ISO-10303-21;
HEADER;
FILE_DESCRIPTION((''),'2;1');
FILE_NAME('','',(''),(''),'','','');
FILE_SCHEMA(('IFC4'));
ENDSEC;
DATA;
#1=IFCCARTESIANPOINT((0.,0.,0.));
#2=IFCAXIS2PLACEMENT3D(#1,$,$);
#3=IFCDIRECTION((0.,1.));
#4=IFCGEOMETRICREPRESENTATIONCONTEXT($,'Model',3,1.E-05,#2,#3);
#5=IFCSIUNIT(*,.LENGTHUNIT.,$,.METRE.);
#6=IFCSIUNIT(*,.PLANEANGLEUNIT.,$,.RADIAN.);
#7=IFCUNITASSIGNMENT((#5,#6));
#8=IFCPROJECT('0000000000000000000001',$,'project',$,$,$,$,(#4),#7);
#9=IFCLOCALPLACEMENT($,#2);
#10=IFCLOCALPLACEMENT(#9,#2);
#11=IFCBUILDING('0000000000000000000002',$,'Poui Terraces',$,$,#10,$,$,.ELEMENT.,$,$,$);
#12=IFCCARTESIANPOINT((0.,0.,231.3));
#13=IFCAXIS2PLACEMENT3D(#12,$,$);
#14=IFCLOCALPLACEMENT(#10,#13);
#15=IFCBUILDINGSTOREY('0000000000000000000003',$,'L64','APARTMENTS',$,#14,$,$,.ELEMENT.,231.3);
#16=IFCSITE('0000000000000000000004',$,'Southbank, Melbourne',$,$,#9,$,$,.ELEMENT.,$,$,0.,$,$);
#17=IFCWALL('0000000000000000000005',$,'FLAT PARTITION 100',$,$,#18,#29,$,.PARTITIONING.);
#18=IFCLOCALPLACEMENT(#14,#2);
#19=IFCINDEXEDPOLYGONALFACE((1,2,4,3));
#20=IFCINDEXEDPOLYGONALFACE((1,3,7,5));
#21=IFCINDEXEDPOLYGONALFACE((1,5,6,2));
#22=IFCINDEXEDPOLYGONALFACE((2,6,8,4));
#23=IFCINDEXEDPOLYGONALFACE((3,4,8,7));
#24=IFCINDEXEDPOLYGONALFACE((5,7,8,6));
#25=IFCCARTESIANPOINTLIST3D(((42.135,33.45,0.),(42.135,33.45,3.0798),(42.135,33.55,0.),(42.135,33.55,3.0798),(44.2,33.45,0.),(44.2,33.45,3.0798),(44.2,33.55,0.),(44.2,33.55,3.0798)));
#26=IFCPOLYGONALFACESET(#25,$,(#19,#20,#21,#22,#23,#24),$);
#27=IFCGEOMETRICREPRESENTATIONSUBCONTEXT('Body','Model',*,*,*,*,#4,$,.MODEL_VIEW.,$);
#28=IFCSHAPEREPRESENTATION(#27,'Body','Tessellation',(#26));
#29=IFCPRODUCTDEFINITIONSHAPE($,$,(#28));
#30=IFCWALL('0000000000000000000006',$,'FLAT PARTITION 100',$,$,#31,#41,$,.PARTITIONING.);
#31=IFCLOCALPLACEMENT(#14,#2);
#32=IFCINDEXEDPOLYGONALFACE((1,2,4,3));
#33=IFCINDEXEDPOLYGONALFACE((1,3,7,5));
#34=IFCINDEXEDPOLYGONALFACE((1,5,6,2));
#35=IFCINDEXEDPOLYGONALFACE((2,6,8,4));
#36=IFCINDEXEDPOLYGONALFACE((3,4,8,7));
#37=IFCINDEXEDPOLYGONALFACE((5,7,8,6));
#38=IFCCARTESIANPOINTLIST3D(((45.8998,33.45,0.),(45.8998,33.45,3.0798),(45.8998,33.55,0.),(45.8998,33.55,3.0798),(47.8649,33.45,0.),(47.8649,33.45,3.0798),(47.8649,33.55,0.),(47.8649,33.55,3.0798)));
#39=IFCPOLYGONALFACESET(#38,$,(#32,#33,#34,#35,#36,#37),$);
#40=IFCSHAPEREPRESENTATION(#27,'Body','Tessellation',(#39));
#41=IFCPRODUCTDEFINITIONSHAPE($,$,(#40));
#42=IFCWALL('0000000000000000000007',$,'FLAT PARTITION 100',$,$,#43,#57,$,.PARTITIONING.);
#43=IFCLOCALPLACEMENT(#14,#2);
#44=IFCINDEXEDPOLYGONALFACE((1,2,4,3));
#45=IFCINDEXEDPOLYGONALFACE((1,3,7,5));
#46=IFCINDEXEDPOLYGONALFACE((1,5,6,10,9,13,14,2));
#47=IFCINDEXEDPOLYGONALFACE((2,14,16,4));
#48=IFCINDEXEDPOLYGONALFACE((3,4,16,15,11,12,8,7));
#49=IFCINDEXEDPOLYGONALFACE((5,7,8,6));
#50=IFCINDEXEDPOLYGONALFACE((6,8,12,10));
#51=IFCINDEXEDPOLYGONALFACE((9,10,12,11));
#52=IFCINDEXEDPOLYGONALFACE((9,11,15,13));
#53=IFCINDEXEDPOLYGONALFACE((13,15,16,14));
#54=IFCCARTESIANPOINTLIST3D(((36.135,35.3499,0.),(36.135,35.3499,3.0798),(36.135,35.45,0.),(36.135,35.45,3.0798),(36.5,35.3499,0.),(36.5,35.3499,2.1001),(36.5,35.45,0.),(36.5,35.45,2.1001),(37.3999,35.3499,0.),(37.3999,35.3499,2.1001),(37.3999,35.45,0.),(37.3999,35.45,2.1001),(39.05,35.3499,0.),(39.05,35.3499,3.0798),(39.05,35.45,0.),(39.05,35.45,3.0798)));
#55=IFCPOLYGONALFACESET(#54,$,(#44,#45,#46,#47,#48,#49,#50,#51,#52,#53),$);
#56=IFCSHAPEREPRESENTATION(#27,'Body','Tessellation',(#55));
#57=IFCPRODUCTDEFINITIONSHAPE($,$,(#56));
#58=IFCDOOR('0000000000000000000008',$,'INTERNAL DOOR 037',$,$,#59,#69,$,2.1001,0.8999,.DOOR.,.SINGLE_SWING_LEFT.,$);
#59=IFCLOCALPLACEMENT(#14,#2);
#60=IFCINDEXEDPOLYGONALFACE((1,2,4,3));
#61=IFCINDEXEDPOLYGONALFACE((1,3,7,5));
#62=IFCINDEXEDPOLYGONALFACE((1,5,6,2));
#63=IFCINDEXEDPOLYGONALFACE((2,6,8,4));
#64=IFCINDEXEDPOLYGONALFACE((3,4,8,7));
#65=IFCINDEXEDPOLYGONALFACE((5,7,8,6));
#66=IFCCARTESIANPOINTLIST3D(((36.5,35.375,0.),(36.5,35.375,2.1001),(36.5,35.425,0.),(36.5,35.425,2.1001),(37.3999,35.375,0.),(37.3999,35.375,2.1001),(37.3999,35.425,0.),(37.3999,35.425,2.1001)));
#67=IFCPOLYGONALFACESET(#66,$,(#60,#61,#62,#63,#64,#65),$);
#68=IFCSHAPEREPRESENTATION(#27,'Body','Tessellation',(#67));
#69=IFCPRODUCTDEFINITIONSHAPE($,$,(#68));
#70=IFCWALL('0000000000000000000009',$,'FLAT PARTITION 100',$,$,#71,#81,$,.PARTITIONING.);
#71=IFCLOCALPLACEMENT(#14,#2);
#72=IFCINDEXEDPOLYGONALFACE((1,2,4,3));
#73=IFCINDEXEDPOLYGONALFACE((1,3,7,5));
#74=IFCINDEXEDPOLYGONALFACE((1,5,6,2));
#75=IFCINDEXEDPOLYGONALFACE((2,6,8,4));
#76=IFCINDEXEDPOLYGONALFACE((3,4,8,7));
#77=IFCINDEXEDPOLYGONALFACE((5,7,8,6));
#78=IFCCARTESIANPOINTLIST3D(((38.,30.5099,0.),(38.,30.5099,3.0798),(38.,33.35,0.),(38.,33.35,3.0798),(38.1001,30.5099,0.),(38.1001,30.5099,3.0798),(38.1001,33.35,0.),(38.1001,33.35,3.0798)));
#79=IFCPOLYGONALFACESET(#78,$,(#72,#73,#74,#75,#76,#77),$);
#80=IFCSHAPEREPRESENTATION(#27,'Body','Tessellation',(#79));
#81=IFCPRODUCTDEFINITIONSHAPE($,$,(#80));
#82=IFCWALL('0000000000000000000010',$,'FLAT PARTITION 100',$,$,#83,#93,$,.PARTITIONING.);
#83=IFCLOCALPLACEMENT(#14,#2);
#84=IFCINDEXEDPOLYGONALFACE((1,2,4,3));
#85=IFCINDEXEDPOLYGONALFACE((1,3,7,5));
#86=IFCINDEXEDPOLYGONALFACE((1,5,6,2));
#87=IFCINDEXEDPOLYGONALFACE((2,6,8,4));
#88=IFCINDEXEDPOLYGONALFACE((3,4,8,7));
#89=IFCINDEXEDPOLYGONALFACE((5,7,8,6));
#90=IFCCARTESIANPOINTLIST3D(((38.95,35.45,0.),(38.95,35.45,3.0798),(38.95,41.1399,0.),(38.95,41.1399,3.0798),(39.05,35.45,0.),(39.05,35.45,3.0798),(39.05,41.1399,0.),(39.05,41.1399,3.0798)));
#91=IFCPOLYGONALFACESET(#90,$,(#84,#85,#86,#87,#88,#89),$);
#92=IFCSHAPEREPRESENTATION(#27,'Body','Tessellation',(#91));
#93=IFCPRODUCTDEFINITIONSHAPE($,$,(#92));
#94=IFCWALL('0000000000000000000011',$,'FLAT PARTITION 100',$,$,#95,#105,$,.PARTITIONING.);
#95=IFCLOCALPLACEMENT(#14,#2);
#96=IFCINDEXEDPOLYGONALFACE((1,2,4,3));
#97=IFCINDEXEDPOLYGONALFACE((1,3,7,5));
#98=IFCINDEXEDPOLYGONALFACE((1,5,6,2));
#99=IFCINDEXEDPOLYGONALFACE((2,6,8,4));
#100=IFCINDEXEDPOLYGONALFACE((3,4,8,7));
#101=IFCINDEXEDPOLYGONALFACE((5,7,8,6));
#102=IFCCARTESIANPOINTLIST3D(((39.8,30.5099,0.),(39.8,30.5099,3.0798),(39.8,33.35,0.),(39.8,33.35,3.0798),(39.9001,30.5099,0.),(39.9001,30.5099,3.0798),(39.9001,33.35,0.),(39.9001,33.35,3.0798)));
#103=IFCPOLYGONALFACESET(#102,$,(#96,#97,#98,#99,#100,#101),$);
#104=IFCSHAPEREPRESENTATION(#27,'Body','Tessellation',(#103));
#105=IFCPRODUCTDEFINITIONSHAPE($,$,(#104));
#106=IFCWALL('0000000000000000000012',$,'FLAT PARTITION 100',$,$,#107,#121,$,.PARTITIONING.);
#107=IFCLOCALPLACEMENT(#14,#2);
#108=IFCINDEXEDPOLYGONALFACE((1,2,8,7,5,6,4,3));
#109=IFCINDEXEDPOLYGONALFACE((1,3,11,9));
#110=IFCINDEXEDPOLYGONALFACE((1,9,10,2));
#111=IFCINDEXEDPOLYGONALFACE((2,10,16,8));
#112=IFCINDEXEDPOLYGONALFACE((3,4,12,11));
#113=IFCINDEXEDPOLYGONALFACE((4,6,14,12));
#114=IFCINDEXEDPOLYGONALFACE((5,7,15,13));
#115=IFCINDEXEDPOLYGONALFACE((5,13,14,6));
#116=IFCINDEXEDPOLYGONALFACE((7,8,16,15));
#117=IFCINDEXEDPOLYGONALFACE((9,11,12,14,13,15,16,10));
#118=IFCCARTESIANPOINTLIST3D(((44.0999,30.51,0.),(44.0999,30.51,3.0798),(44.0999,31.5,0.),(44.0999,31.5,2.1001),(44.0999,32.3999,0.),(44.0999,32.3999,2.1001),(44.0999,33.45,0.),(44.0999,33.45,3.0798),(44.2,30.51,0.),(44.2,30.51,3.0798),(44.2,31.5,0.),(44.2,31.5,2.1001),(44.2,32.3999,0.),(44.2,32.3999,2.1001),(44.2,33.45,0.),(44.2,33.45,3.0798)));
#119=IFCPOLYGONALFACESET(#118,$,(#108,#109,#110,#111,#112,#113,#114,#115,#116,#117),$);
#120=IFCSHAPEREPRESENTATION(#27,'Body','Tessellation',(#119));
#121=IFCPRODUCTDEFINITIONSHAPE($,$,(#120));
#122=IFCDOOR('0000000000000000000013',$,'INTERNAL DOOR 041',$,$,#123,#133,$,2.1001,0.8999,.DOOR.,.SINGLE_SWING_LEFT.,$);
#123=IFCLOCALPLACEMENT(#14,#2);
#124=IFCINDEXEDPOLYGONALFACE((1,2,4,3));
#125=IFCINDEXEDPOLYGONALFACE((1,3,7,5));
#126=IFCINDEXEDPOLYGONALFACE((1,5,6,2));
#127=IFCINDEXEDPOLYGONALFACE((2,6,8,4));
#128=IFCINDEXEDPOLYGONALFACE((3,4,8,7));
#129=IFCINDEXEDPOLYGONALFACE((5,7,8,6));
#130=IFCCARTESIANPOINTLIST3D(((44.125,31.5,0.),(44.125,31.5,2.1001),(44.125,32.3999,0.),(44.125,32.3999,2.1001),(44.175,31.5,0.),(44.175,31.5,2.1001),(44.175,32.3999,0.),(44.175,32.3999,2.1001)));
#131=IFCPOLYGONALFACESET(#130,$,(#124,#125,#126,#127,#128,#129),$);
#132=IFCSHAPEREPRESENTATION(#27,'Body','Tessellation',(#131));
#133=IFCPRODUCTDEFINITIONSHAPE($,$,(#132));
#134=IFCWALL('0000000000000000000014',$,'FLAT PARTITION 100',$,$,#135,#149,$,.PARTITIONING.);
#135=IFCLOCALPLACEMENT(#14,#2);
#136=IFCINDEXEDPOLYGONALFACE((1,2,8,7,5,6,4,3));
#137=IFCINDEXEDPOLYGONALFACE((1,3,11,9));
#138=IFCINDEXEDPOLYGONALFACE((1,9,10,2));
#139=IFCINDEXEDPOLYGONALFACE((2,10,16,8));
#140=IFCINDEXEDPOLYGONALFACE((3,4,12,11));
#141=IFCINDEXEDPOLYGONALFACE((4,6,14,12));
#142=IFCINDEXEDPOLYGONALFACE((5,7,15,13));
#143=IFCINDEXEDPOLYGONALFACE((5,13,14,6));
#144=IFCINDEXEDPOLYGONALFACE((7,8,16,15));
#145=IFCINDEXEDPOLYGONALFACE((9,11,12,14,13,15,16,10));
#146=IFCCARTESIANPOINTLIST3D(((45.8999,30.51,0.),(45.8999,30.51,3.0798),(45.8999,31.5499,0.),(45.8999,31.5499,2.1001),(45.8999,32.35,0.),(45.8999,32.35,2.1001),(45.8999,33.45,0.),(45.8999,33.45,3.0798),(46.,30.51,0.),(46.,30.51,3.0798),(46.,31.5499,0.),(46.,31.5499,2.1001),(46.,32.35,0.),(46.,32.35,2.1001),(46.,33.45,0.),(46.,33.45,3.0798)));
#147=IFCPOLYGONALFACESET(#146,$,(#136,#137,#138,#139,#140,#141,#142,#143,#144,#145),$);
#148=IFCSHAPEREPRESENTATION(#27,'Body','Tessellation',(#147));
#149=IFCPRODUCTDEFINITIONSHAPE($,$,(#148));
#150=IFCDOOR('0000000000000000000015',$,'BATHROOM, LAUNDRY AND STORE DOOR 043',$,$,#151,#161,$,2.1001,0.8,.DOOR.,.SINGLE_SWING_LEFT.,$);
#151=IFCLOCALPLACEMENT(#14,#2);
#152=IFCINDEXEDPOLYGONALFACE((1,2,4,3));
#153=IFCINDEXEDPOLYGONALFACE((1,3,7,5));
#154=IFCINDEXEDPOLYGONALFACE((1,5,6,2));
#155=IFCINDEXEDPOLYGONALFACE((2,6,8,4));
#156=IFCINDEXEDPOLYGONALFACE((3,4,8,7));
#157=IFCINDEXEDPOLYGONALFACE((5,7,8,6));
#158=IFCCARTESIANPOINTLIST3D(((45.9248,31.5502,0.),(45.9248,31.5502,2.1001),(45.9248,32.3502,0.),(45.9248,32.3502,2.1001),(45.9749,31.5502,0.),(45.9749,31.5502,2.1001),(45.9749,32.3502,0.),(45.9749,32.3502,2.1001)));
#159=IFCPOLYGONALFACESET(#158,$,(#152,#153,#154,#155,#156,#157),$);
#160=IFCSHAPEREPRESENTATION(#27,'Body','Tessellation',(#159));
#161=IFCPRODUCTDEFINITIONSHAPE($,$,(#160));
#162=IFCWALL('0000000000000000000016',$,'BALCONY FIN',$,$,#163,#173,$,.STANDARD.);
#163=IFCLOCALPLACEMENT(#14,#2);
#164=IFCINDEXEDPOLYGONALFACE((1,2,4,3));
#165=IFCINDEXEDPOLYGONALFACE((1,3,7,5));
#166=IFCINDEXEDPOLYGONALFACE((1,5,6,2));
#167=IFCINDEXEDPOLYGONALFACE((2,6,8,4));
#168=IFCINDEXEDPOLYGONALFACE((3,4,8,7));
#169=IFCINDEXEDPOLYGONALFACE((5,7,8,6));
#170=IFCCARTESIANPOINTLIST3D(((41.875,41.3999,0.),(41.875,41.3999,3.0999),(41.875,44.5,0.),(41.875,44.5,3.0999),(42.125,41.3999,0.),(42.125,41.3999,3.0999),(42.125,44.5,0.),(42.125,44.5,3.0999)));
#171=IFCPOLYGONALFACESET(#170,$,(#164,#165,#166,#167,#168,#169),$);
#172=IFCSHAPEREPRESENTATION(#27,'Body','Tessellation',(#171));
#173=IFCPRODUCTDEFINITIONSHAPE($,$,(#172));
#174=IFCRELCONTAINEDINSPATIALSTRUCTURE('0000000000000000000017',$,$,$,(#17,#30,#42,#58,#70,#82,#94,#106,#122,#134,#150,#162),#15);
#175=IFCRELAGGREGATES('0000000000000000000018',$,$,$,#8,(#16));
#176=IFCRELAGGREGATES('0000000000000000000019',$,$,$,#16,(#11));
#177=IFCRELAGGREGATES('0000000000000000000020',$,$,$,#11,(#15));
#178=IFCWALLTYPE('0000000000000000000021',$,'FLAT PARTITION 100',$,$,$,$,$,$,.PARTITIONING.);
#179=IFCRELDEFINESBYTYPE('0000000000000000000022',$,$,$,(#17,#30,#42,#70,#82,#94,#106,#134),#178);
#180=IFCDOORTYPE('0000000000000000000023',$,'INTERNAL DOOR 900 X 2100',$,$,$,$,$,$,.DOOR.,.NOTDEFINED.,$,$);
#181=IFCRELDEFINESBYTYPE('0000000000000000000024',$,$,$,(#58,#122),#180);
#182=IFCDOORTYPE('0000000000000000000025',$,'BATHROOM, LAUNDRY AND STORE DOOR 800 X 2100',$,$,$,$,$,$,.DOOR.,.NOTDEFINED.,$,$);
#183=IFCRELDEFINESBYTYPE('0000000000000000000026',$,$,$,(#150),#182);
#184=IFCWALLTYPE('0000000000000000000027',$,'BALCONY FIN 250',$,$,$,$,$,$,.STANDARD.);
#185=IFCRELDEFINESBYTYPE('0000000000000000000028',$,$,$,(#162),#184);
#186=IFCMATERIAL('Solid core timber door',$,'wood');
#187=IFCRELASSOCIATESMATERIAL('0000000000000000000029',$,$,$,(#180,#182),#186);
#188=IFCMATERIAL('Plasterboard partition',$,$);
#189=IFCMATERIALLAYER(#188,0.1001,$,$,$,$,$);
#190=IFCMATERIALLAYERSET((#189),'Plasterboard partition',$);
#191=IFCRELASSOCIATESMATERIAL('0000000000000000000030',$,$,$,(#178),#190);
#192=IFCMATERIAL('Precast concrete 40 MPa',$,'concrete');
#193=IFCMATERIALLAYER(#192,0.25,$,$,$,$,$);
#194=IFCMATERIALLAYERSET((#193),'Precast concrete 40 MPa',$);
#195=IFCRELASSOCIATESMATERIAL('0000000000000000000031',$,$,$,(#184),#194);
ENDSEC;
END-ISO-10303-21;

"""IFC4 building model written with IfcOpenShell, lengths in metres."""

from ifc_helpers import new_model, si_unit, direction, frame, frame_2d, origin, place, context, subcontext, project, spatial, polyline, rectangle, outline, extrude, source, transform, mapped, material, layer, layer_set, type_object, element, fill, save


model = new_model("IFC4")

# Units and contexts
model_context = context("Model", 3, precision=1e-05, world=origin(), true_north=direction((0.0, 1.0)))
body_context = subcontext(model_context, "Body", "Model", "MODEL_VIEW")
ifc_project = project(units=[si_unit("LENGTHUNIT", "METRE"), si_unit("PLANEANGLEUNIT", "RADIAN")], contexts=[model_context])

# Site, building, storey
site_placement = place(None, origin())
site = spatial("IfcSite", under=ifc_project, at=site_placement, Name="Southbank, Melbourne", CompositionType="ELEMENT", RefElevation=0.0)
building_placement = place(site_placement, origin())
building = spatial("IfcBuilding", under=site, at=building_placement, Name="Poui Terraces", CompositionType="ELEMENT")
storey_placement = place(building_placement, frame((0.0, 0.0, 231.3)))
storey = spatial("IfcBuildingStorey", under=building, at=storey_placement, Name="L64", Description="APARTMENTS", CompositionType="ELEMENT", Elevation=231.3)

# Shared definitions
ifc_material_1 = material(Name="Solid core timber door", Category="wood")
door_type_1 = type_object("IfcDoorType", Name="INTERNAL DOOR 900 X 2100", OperationType="NOTDEFINED", PredefinedType="DOOR", material=ifc_material_1)

# Shared definitions
ifc_material_2 = material(Name="Plasterboard partition")
ifc_layer_1 = layer(ifc_material_2, 0.1001)
ifc_layer_set_1 = layer_set([ifc_layer_1], Name="Plasterboard partition")
wall_type_1 = type_object("IfcWallType", Name="FLAT PARTITION 100", PredefinedType="PARTITIONING", material=ifc_layer_set_1)
door_type_2 = type_object("IfcDoorType", Name="BATHROOM, LAUNDRY AND STORE DOOR 800 X 2100", OperationType="NOTDEFINED", PredefinedType="DOOR", material=ifc_material_1)

# Walls
wall_1_placement = place(storey_placement, frame((42.135, 33.5, 0.0), z_axis=(0.0, 0.0, 1.0), x_axis=(1.0, 0.0, 0.0)))
element("IfcWall", 1, at=wall_1_placement, inside=storey, type_object=wall_type_1, Name="FLAT PARTITION 100", PredefinedType="PARTITIONING", context=body_context, shape_type="SweptSolid", body=[
    extrude(rectangle(XDim=2.0649, YDim=0.1001, at=frame_2d((1.0325, 0.0))), origin(), (0.0, 0.0, 1.0), 3.0798),
])
wall_2_placement = place(storey_placement, frame((45.8999, 33.5, 0.0), z_axis=(0.0, 0.0, 1.0), x_axis=(1.0, 0.0, 0.0)))
element("IfcWall", 2, at=wall_2_placement, inside=storey, type_object=wall_type_1, Name="FLAT PARTITION 100", PredefinedType="PARTITIONING", context=body_context, shape_type="SweptSolid", body=[
    extrude(rectangle(XDim=1.9651, YDim=0.1001, at=frame_2d((0.9824, 0.0))), origin(), (0.0, 0.0, 1.0), 3.0798),
])

# Wall, opening, door
wall_3_placement = place(storey_placement, frame((36.135, 35.3999, 0.0), z_axis=(0.0, 0.0, 1.0), x_axis=(1.0, 0.0, 0.0)))
wall_3 = element("IfcWall", 3, at=wall_3_placement, inside=storey, type_object=wall_type_1, Name="FLAT PARTITION 100", PredefinedType="PARTITIONING", context=body_context, shape_type="SweptSolid", body=[
    extrude(rectangle(XDim=2.915, YDim=0.1001, at=frame_2d((1.4575, 0.0))), origin(), (0.0, 0.0, 1.0), 3.0798),
])
opening_1_placement = place(wall_3_placement, frame((0.365, 0.0, 0.0)))
opening_1 = element("IfcOpeningElement", 4, at=opening_1_placement, cuts=wall_3, PredefinedType="OPENING", context=body_context, shape_type="SweptSolid", body=[
    extrude(rectangle(XDim=0.8999, YDim=2.1001, at=frame_2d((0.45, 1.05))), frame((0.0, 0.0601, 0.0), z_axis=(0.0, -1.0, 0.0), x_axis=(1.0, 0.0, 0.0)), (0.0, 0.0, 1.0), 0.1201),
])
door_1_placement = place(opening_1_placement, frame((0.8999, 0.0, 0.0), z_axis=(0.0, 0.0, 1.0), x_axis=(-1.0, 0.0, 0.0)))
door_1 = element("IfcDoor", 5, at=door_1_placement, inside=storey, type_object=door_type_1, Name="INTERNAL DOOR 037", OperationType="SINGLE_SWING_LEFT", OverallHeight=2.1001, OverallWidth=0.8999, PredefinedType="DOOR", context=body_context, shape_type="SweptSolid", body=[
    extrude(rectangle(XDim=0.8999, YDim=2.1001, at=frame_2d((0.45, 1.05))), frame((0.0, 0.0249, 0.0), z_axis=(0.0, -1.0, 0.0), x_axis=(1.0, 0.0, 0.0)), (0.0, 0.0, 1.0), 0.05),
])
fill(opening_1, door_1)

# Walls
wall_4_placement = place(storey_placement, frame((38.05, 30.51, 0.0), z_axis=(0.0, 0.0, 1.0), x_axis=(0.0, 1.0, 0.0)))
element("IfcWall", 6, at=wall_4_placement, inside=storey, type_object=wall_type_1, Name="FLAT PARTITION 100", PredefinedType="PARTITIONING", context=body_context, shape_type="SweptSolid", body=[
    extrude(rectangle(XDim=2.8401, YDim=0.1001, at=frame_2d((1.4199, 0.0))), origin(), (0.0, 0.0, 1.0), 3.0798),
])
wall_5_placement = place(storey_placement, frame((39.0, 35.45, 0.0), z_axis=(0.0, 0.0, 1.0), x_axis=(0.0, 1.0, 0.0)))
element("IfcWall", 7, at=wall_5_placement, inside=storey, type_object=wall_type_1, Name="FLAT PARTITION 100", PredefinedType="PARTITIONING", context=body_context, shape_type="SweptSolid", body=[
    extrude(rectangle(XDim=5.6899, YDim=0.1001, at=frame_2d((2.845, 0.0))), origin(), (0.0, 0.0, 1.0), 3.0798),
])
wall_6_placement = place(storey_placement, frame((39.8501, 30.51, 0.0), z_axis=(0.0, 0.0, 1.0), x_axis=(0.0, 1.0, 0.0)))
element("IfcWall", 8, at=wall_6_placement, inside=storey, type_object=wall_type_1, Name="FLAT PARTITION 100", PredefinedType="PARTITIONING", context=body_context, shape_type="SweptSolid", body=[
    extrude(rectangle(XDim=2.8401, YDim=0.1001, at=frame_2d((1.4199, 0.0))), origin(), (0.0, 0.0, 1.0), 3.0798),
])

# Walls, openings, doors
wall_7_placement = place(storey_placement, frame((44.1499, 30.51, 0.0), z_axis=(0.0, 0.0, 1.0), x_axis=(0.0, 1.0, 0.0)))
wall_7 = element("IfcWall", 9, at=wall_7_placement, inside=storey, type_object=wall_type_1, Name="FLAT PARTITION 100", PredefinedType="PARTITIONING", context=body_context, shape_type="SweptSolid", body=[
    extrude(rectangle(XDim=2.9399, YDim=0.1001, at=frame_2d((1.47, 0.0))), origin(), (0.0, 0.0, 1.0), 3.0798),
])
opening_2_placement = place(wall_7_placement, frame((0.99, 0.0, 0.0)))
opening_2 = element("IfcOpeningElement", 10, at=opening_2_placement, cuts=wall_7, PredefinedType="OPENING", context=body_context, shape_type="SweptSolid", body=[
    extrude(rectangle(XDim=0.8999, YDim=2.1001, at=frame_2d((0.45, 1.05))), frame((0.0, 0.0601, 0.0), z_axis=(0.0, -1.0, 0.0), x_axis=(1.0, 0.0, 0.0)), (0.0, 0.0, 1.0), 0.1201),
])
door_2_placement = place(opening_2_placement, origin())
door_2 = element("IfcDoor", 11, at=door_2_placement, inside=storey, type_object=door_type_1, Name="INTERNAL DOOR 041", OperationType="SINGLE_SWING_LEFT", OverallHeight=2.1001, OverallWidth=0.8999, PredefinedType="DOOR", context=body_context, shape_type="SweptSolid", body=[
    extrude(rectangle(XDim=0.8999, YDim=2.1001, at=frame_2d((0.45, 1.05))), frame((0.0, 0.0249, 0.0), z_axis=(0.0, -1.0, 0.0), x_axis=(1.0, 0.0, 0.0)), (0.0, 0.0, 1.0), 0.05),
])
fill(opening_2, door_2)
wall_8_placement = place(storey_placement, frame((45.95, 30.51, 0.0), z_axis=(0.0, 0.0, 1.0), x_axis=(0.0, 1.0, 0.0)))
wall_8 = element("IfcWall", 12, at=wall_8_placement, inside=storey, type_object=wall_type_1, Name="FLAT PARTITION 100", PredefinedType="PARTITIONING", context=body_context, shape_type="SweptSolid", body=[
    extrude(rectangle(XDim=2.9399, YDim=0.1001, at=frame_2d((1.47, 0.0))), origin(), (0.0, 0.0, 1.0), 3.0798),
])
opening_3_placement = place(wall_8_placement, frame((1.04, 0.0, 0.0)))
opening_3 = element("IfcOpeningElement", 13, at=opening_3_placement, cuts=wall_8, PredefinedType="OPENING", context=body_context, shape_type="SweptSolid", body=[
    extrude(rectangle(XDim=0.8, YDim=2.1001, at=frame_2d((0.3999, 1.05))), frame((0.0, 0.0601, 0.0), z_axis=(0.0, -1.0, 0.0), x_axis=(1.0, 0.0, 0.0)), (0.0, 0.0, 1.0), 0.1201),
])
door_3_placement = place(opening_3_placement, frame((0.8, 0.0, 0.0), z_axis=(0.0, 0.0, 1.0), x_axis=(-1.0, 0.0, 0.0)))
door_3 = element("IfcDoor", 14, at=door_3_placement, inside=storey, type_object=door_type_2, Name="BATHROOM, LAUNDRY AND STORE DOOR 043", OperationType="SINGLE_SWING_LEFT", OverallHeight=2.1001, OverallWidth=0.8, PredefinedType="DOOR", context=body_context, shape_type="SweptSolid", body=[
    extrude(rectangle(XDim=0.8, YDim=2.1001, at=frame_2d((0.3999, 1.05))), frame((0.0, 0.0249, 0.0), z_axis=(0.0, -1.0, 0.0), x_axis=(1.0, 0.0, 0.0)), (0.0, 0.0, 1.0), 0.05),
])
fill(opening_3, door_3)

# Wall
ifc_material_3 = material(Name="Precast concrete 40 MPa", Category="concrete")
ifc_layer_2 = layer(ifc_material_3, 0.25)
ifc_layer_set_2 = layer_set([ifc_layer_2], Name="Precast concrete 40 MPa")
wall_type_2 = type_object("IfcWallType", Name="BALCONY FIN 250", PredefinedType="STANDARD", material=ifc_layer_set_2)
shared_shape_1 = source(origin(), body_context, "Body", "SweptSolid", [
    extrude(outline(polyline([(0.0, 0.0), (0.25, 0.0), (0.25, 3.1001), (0.0, 3.1001), (0.0, 0.0)])), origin(), (0.0, 0.0, 1.0), 3.0999),
])
wall_9_placement = place(storey_placement, frame((41.875, 41.3999, 0.0)))
element("IfcWall", 15, at=wall_9_placement, inside=storey, type_object=wall_type_2, Name="BALCONY FIN", PredefinedType="STANDARD", context=body_context, shape_type="MappedRepresentation", body=[
    mapped(shared_shape_1, transform((0.0, 0.0, 0.0))),
])

save(model, "model.ifc")
